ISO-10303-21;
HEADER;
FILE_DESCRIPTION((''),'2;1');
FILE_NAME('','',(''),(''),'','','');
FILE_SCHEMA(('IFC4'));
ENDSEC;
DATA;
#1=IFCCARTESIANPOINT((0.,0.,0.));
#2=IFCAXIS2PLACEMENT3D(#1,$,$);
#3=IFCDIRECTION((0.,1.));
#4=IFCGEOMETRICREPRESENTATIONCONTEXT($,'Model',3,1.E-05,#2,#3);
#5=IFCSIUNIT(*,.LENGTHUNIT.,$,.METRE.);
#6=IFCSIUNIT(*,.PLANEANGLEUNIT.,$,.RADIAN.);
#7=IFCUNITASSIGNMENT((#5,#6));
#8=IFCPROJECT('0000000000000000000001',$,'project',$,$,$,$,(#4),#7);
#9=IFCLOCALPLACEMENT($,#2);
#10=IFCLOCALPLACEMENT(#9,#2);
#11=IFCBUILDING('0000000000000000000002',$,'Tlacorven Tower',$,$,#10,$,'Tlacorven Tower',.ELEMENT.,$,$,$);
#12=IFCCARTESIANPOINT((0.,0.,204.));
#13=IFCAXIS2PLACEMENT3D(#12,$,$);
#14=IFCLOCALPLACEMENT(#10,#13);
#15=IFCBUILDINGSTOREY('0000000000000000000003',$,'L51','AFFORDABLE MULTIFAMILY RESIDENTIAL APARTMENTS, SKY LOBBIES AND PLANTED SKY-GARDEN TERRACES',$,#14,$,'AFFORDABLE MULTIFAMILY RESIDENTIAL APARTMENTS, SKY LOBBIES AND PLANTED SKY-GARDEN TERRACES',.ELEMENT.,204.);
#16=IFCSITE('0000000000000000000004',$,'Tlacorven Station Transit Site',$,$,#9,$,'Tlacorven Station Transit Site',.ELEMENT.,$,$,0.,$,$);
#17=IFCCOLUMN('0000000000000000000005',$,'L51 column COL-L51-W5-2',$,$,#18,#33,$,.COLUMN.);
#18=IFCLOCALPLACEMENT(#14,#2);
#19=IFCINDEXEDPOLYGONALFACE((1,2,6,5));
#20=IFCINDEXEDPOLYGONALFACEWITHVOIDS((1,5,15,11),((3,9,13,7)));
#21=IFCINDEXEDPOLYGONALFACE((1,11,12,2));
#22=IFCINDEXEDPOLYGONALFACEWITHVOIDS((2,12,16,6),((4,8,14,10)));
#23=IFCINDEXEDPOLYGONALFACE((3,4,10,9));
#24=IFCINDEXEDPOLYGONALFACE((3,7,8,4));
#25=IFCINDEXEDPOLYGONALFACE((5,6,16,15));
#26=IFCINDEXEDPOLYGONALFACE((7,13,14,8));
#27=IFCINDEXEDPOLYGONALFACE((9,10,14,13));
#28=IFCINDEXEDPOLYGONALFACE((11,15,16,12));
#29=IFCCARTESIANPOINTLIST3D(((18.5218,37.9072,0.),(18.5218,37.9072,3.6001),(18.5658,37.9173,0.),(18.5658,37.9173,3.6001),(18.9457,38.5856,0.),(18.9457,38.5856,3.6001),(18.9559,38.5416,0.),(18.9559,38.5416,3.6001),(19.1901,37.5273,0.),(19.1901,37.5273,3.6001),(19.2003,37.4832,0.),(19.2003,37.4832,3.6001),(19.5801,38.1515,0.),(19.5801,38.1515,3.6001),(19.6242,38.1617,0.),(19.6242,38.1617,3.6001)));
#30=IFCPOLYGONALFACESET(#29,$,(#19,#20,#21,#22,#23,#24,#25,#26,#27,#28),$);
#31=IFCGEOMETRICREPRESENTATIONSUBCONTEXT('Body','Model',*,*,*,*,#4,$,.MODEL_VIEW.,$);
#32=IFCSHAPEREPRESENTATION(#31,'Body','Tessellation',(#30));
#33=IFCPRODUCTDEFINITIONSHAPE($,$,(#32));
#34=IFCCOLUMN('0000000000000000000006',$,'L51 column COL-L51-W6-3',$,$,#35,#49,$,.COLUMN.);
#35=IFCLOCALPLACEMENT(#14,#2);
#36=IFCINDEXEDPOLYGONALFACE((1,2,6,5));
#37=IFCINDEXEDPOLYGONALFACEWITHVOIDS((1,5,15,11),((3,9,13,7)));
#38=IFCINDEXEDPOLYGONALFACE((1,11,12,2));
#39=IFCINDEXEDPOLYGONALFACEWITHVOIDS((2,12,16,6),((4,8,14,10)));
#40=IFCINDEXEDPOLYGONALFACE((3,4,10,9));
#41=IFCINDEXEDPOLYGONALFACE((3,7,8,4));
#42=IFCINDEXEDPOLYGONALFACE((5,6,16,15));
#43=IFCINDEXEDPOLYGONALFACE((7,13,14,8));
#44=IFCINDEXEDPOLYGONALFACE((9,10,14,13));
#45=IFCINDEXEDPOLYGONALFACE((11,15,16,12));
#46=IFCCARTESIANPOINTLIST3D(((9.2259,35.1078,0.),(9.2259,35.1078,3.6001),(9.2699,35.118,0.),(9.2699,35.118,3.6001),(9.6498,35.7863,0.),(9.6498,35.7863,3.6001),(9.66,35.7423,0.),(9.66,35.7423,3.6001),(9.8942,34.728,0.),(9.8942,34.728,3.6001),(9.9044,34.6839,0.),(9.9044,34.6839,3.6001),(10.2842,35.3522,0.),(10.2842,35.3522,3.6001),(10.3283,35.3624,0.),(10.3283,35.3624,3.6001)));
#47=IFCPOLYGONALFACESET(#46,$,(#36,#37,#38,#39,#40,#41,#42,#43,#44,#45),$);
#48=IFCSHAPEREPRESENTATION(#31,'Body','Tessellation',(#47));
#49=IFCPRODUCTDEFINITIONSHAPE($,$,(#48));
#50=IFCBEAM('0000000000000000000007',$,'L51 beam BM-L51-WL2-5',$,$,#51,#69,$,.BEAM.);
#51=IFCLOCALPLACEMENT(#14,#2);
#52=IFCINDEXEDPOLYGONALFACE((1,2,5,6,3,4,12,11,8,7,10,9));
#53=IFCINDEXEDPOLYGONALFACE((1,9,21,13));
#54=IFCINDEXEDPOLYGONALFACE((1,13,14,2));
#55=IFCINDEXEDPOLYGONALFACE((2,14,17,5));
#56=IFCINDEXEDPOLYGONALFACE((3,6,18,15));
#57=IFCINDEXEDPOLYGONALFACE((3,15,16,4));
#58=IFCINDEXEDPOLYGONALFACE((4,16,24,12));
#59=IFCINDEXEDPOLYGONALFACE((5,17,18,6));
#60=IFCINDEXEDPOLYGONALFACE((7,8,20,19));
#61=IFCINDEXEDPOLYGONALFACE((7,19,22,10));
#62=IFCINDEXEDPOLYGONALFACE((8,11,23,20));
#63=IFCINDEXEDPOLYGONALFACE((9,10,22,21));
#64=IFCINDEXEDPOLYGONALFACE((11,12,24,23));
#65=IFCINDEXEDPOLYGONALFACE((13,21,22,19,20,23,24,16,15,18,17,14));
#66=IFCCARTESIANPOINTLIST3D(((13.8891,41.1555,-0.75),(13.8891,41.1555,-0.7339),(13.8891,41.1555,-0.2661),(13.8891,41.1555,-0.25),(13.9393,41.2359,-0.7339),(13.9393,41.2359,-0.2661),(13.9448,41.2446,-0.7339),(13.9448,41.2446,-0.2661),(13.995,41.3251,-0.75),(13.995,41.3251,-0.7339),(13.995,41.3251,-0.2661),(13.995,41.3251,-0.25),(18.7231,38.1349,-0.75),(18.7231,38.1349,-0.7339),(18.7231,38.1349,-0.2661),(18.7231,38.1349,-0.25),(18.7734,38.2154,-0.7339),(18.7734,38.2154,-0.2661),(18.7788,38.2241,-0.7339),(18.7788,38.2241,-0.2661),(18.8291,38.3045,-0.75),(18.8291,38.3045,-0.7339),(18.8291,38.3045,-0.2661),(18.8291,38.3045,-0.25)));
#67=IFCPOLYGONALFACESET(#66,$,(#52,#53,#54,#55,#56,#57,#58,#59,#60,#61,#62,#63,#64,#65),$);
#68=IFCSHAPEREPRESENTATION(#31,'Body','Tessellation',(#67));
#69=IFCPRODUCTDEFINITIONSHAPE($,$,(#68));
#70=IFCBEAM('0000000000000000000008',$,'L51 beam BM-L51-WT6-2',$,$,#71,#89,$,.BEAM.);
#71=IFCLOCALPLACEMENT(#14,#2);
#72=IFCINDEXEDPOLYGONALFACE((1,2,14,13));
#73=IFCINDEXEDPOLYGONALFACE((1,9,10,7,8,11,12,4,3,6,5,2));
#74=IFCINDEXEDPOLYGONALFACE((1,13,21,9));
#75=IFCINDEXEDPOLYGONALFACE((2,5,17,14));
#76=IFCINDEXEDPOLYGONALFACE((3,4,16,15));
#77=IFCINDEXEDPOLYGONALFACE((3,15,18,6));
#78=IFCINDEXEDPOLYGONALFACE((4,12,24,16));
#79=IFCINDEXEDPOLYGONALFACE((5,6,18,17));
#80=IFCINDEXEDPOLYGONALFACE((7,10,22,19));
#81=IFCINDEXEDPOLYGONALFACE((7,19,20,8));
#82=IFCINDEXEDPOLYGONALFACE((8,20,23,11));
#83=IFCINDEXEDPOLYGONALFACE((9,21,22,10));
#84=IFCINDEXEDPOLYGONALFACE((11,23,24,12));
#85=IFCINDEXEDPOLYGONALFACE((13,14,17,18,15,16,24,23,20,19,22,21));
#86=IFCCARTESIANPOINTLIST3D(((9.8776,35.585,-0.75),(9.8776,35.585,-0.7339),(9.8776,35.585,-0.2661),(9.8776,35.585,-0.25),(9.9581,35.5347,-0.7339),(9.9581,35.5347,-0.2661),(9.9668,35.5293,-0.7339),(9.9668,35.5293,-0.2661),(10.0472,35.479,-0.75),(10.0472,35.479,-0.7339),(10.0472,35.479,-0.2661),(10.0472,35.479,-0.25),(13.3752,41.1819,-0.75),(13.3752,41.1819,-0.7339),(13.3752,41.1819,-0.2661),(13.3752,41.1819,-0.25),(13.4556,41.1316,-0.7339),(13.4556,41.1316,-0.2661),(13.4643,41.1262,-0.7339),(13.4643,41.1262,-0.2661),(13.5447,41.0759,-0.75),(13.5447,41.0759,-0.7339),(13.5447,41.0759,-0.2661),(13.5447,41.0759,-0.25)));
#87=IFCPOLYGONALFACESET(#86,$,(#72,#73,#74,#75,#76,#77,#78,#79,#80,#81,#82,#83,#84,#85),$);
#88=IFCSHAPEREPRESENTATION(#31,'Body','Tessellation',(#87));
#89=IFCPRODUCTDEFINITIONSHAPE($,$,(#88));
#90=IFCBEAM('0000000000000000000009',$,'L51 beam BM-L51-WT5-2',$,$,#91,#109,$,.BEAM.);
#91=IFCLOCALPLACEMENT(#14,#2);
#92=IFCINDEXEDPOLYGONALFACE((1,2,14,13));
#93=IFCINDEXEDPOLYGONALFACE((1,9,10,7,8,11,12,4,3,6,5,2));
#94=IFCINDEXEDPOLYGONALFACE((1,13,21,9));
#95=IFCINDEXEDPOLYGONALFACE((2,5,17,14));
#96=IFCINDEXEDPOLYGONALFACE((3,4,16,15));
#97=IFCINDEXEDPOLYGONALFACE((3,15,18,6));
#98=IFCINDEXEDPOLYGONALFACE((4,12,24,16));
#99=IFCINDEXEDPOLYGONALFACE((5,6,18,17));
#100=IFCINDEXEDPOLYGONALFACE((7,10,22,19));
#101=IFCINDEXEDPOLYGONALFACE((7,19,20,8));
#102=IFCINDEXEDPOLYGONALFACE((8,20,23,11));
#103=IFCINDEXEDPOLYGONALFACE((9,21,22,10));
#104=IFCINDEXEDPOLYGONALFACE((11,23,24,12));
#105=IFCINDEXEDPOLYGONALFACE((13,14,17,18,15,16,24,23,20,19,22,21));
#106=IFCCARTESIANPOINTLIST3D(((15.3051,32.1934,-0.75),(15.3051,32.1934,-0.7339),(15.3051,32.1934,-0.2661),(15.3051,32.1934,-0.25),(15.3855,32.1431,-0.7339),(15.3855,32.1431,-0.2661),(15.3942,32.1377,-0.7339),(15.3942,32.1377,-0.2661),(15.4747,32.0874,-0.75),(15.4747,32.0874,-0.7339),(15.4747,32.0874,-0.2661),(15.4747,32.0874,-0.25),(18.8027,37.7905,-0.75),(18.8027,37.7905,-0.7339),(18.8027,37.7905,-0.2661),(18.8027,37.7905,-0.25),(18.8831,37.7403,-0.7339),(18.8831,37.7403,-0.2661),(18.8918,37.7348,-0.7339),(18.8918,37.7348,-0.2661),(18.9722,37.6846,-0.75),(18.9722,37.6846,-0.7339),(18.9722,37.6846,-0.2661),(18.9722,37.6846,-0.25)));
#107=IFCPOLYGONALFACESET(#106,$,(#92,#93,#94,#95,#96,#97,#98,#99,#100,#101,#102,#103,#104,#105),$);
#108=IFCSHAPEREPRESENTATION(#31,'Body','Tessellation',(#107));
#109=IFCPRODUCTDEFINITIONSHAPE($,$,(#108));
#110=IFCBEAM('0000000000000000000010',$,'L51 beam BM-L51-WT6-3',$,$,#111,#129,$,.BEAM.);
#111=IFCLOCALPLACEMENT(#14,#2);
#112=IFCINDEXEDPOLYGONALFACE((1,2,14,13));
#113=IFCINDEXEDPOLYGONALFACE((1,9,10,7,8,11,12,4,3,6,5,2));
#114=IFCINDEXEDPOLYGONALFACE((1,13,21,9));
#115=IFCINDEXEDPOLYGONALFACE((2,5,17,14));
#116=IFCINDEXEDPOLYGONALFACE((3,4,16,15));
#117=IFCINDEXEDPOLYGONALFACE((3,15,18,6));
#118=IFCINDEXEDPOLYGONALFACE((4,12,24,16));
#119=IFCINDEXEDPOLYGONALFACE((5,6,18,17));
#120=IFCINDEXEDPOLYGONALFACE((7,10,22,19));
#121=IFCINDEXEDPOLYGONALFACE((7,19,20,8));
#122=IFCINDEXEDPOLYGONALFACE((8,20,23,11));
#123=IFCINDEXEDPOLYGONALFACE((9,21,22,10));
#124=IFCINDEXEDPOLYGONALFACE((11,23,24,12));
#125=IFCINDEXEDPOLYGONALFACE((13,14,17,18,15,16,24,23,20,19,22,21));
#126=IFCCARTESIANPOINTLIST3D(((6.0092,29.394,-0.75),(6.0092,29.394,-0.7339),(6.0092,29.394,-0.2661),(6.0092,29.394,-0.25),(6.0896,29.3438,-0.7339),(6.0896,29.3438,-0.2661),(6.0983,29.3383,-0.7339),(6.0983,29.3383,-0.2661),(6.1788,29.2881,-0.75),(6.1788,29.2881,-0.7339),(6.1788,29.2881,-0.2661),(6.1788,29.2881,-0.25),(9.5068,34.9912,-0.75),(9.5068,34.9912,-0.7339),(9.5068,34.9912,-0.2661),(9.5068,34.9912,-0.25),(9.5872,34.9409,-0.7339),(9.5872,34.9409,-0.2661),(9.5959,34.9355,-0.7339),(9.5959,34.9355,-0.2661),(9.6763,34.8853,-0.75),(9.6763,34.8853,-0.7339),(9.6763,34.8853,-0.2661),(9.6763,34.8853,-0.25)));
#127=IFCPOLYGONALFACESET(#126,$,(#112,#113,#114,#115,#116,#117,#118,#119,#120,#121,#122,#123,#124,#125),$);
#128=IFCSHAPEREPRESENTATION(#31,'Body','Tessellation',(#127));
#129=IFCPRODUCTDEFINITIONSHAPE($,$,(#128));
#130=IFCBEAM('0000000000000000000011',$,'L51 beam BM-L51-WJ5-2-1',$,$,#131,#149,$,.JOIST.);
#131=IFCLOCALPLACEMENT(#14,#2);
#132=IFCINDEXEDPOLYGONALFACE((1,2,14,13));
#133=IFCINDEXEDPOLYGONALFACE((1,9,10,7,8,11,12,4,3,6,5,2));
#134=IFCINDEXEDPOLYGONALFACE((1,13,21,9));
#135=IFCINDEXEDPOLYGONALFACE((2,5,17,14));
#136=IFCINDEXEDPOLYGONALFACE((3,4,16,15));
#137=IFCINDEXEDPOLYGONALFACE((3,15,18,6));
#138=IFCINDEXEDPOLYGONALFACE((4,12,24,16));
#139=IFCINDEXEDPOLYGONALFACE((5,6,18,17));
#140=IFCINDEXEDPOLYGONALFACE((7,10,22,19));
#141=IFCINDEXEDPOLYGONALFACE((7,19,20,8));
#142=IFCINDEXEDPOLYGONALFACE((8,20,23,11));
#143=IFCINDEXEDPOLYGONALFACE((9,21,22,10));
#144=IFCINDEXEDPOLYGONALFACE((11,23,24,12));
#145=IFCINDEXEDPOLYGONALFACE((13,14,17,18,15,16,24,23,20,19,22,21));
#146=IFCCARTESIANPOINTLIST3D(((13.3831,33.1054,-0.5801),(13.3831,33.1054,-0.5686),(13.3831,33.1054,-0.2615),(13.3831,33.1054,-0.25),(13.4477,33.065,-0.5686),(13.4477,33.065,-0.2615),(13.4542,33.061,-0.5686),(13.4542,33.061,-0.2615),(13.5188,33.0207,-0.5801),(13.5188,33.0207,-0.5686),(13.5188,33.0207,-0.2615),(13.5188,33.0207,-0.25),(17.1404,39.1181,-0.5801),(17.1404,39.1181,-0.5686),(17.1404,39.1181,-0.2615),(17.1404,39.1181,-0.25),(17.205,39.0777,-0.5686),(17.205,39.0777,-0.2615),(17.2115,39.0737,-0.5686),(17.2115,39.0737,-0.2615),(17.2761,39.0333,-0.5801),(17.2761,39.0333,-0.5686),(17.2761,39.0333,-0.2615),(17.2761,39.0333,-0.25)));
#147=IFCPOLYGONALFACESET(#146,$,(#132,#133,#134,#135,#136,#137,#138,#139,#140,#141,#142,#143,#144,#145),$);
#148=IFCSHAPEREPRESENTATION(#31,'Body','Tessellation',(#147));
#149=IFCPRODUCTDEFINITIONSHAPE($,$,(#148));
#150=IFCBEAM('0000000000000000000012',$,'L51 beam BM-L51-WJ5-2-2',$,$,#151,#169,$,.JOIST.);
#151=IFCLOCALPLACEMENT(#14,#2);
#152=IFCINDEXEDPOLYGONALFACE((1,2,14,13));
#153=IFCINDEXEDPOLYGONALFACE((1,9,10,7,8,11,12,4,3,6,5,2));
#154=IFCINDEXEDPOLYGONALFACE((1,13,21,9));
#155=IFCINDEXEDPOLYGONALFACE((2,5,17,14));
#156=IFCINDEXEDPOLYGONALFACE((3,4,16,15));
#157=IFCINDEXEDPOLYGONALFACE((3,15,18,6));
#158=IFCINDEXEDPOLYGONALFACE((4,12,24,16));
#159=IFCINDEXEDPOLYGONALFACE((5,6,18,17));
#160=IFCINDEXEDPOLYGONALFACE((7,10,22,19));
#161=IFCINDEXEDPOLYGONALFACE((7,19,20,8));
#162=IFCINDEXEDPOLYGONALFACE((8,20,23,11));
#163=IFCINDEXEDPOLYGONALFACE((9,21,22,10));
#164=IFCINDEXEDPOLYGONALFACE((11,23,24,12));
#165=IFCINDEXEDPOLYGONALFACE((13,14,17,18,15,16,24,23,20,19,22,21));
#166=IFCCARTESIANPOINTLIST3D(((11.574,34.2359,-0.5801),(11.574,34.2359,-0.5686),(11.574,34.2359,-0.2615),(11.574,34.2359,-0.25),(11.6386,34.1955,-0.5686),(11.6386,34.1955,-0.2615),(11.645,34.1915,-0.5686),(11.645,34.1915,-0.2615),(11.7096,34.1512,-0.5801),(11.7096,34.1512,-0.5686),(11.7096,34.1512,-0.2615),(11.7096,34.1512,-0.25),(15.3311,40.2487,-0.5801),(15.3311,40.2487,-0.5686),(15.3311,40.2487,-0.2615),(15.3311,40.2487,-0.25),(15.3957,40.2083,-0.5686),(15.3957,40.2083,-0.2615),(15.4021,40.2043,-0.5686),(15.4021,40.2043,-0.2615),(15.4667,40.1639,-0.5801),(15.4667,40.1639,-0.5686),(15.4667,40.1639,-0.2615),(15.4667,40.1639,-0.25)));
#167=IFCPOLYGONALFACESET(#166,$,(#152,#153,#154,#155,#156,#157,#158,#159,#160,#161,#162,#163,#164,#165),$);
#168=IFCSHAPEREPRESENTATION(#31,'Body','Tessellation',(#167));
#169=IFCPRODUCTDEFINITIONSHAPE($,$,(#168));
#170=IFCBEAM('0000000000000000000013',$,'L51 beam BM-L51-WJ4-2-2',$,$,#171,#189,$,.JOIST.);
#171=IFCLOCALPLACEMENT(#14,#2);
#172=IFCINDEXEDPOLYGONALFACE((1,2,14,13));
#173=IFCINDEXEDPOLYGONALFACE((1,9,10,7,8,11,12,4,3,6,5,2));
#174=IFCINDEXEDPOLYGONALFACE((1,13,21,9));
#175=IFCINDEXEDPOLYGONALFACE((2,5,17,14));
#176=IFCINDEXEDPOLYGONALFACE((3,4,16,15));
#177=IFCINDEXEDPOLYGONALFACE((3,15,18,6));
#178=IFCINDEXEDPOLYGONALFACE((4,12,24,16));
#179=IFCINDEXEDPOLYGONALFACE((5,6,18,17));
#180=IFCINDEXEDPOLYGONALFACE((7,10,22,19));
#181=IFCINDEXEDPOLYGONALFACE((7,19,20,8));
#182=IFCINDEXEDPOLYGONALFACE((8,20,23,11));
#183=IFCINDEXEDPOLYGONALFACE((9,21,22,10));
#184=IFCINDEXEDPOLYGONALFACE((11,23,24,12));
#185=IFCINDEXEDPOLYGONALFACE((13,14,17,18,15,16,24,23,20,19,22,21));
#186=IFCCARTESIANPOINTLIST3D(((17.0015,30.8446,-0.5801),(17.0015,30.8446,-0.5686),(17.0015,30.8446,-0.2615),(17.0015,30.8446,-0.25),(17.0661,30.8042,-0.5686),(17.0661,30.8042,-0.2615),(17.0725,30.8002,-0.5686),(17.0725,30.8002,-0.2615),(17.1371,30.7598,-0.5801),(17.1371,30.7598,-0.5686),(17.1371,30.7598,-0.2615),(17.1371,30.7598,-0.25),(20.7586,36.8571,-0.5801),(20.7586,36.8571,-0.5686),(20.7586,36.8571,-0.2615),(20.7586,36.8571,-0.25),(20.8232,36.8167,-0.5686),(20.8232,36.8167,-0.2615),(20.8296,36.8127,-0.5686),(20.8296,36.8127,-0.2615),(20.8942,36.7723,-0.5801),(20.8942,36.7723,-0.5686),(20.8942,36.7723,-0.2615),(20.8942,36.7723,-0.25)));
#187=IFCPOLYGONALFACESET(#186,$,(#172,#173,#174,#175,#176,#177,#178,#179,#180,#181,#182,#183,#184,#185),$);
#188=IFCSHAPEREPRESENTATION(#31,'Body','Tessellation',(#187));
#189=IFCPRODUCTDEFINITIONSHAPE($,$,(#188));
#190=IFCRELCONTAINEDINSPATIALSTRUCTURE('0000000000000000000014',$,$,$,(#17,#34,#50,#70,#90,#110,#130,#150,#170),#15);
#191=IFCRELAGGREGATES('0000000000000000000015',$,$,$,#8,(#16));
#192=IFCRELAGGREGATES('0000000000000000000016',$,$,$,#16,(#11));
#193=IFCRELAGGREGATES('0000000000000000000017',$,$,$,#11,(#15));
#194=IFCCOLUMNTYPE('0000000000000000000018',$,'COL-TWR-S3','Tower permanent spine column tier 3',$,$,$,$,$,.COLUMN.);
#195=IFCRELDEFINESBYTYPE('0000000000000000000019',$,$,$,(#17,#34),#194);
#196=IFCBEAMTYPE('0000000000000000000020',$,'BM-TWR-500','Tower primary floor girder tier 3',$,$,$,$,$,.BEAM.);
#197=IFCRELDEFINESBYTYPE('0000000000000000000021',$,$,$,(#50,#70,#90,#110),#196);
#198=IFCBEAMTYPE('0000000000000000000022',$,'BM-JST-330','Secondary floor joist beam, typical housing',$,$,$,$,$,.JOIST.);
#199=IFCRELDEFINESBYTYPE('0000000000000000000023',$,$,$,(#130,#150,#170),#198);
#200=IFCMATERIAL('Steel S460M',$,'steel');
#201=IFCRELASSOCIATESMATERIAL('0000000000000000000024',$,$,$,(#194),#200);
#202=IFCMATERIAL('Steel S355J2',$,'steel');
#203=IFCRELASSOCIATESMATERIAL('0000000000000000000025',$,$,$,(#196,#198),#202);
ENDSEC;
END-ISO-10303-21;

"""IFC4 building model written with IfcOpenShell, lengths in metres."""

from ifc_helpers import new_model, si_unit, direction, frame, origin, origin_2d, place, context, subcontext, project, spatial, hollow_rectangle, i_section, extrude, source, transform, mapped, material, material_profile, profile_set, type_object, element, save


model = new_model("IFC4")

# Units and contexts
model_context = context("Model", 3, precision=1e-05, world=origin(), true_north=direction((0.0, 1.0)))
body_context = subcontext(model_context, "Body", "Model", "MODEL_VIEW")
ifc_project = project(units=[si_unit("LENGTHUNIT", "METRE"), si_unit("PLANEANGLEUNIT", "RADIAN")], contexts=[model_context])

# Site, building, storey
site_placement = place(None, origin())
site = spatial("IfcSite", under=ifc_project, at=site_placement, Name="Tlacorven Station Transit Site", LongName="Tlacorven Station Transit Site", CompositionType="ELEMENT", RefElevation=0.0)
building_placement = place(site_placement, origin())
building = spatial("IfcBuilding", under=site, at=building_placement, Name="Tlacorven Tower", LongName="Tlacorven Tower", CompositionType="ELEMENT")
storey_placement = place(building_placement, frame((0.0, 0.0, 204.0)))
storey = spatial("IfcBuildingStorey", under=building, at=storey_placement, Name="L51", Description="AFFORDABLE MULTIFAMILY RESIDENTIAL APARTMENTS, SKY LOBBIES AND PLANTED SKY-GARDEN TERRACES", LongName="AFFORDABLE MULTIFAMILY RESIDENTIAL APARTMENTS, SKY LOBBIES AND PLANTED SKY-GARDEN TERRACES", CompositionType="ELEMENT", Elevation=204.0)

# Columns
ifc_material_1 = material(Name="Steel S460M", Category="steel")
ifc_material_profile_1 = material_profile(ifc_material_1, hollow_rectangle(XDim=0.8, YDim=0.8, WallThickness=0.032, at=origin_2d()), Name="BOX 800X800X32")
ifc_profile_set_1 = profile_set([ifc_material_profile_1], Name="Steel S460M")
column_type = type_object("IfcColumnType", Name="COL-TWR-S3", Description="Tower permanent spine column tier 3", PredefinedType="COLUMN", material=ifc_profile_set_1)
shared_shape_1 = source(origin(), body_context, "Body", "SweptSolid", [
    extrude(hollow_rectangle(XDim=0.8, YDim=0.8, WallThickness=0.032, at=origin_2d()), origin(), (0.0, 0.0, 1.0), 3.6001),
])
for number, where, z_axis, x_axis, name in (
    (1, (19.073, 38.0344, 0.0), (0.0, 0.0, 1.0), (-0.848048, 0.529919, 0.0), "L51 column COL-L51-W5-2"),
    (2, (9.7771, 35.2351, 0.0), (0.0, 0.0, 1.0), (-0.848048, 0.529919, 0.0), "L51 column COL-L51-W6-3"),
):
    element("IfcColumn", number, at=place(storey_placement, frame(where, z_axis=z_axis, x_axis=x_axis)), inside=storey, type_object=column_type, Name=name, PredefinedType="COLUMN", context=body_context, shape_type="MappedRepresentation", body=[
        mapped(shared_shape_1, transform((0.0, 0.0, 0.0), scale=1.0)),
    ])

# Beams
ifc_material_2 = material(Name="Steel S355J2", Category="steel")
ifc_material_profile_2 = material_profile(ifc_material_2, i_section(OverallWidth=0.2, OverallDepth=0.5, WebThickness=0.0103, FlangeThickness=0.0161, at=origin_2d()), Name="IPE 500")
ifc_profile_set_2 = profile_set([ifc_material_profile_2], Name="Steel S355J2")
beam_type_1 = type_object("IfcBeamType", Name="BM-TWR-500", Description="Tower primary floor girder tier 3", PredefinedType="BEAM", material=ifc_profile_set_2)
shared_shape_2 = source(origin(), body_context, "Body", "SweptSolid", [
    extrude(i_section(OverallWidth=0.2, OverallDepth=0.5, WebThickness=0.0103, FlangeThickness=0.0161, at=origin_2d()), origin(), (0.0, 0.0, 1.0), 5.7002),
])
beam_1_placement = place(storey_placement, frame((18.7761, 38.2197, -0.5), z_axis=(-0.848056, 0.529907, 0.0), x_axis=(-0.529907, -0.848056, 0.0)))
element("IfcBeam", 3, at=beam_1_placement, inside=storey, type_object=beam_type_1, Name="L51 beam BM-L51-WL2-5", PredefinedType="BEAM", context=body_context, shape_type="MappedRepresentation", body=[
    mapped(shared_shape_2, transform((0.0, 0.0, 0.0), scale=1.0)),
])
shared_shape_3 = source(origin(), body_context, "Body", "SweptSolid", [
    extrude(i_section(OverallWidth=0.2, OverallDepth=0.5, WebThickness=0.0103, FlangeThickness=0.0161, at=origin_2d()), origin(), (0.0, 0.0, 1.0), 6.5999),
])
beam_2_placement = place(storey_placement, frame((13.46, 41.1289, -0.5), z_axis=(-0.529942, -0.848034, 0.0), x_axis=(0.848034, -0.529942, 0.0)))
element("IfcBeam", 4, at=beam_2_placement, inside=storey, type_object=beam_type_1, Name="L51 beam BM-L51-WT6-2", PredefinedType="BEAM", context=body_context, shape_type="MappedRepresentation", body=[
    mapped(shared_shape_3, transform((0.0, 0.0, 0.0), scale=1.0)),
])
shared_shape_4 = source(origin(), body_context, "Body", "SweptSolid", [
    extrude(i_section(OverallWidth=0.2, OverallDepth=0.5, WebThickness=0.0103, FlangeThickness=0.0161, at=origin_2d()), origin(), (0.0, 0.0, 1.0), 6.6001),
])
for number, where, z_axis, x_axis, name in (
    (5, (18.8875, 37.7375, -0.5), (-0.529926, -0.848044, 0.0), (0.848044, -0.529926, 0.0), "L51 beam BM-L51-WT5-2"),
    (6, (9.5916, 34.9382, -0.5), (-0.529926, -0.848044, 0.0), (0.848044, -0.529926, 0.0), "L51 beam BM-L51-WT6-3"),
):
    element("IfcBeam", number, at=place(storey_placement, frame(where, z_axis=z_axis, x_axis=x_axis)), inside=storey, type_object=beam_type_1, Name=name, PredefinedType="BEAM", context=body_context, shape_type="MappedRepresentation", body=[
        mapped(shared_shape_4, transform((0.0, 0.0, 0.0), scale=1.0)),
    ])
ifc_material_profile_3 = material_profile(ifc_material_2, i_section(OverallWidth=0.1599, OverallDepth=0.3301, WebThickness=0.0076, FlangeThickness=0.0115, at=origin_2d()), Name="IPE 330")
ifc_profile_set_3 = profile_set([ifc_material_profile_3], Name="Steel S355J2")
beam_type_2 = type_object("IfcBeamType", Name="BM-JST-330", Description="Secondary floor joist beam, typical housing", PredefinedType="JOIST", material=ifc_profile_set_3)
shared_shape_5 = source(origin(), body_context, "Body", "SweptSolid", [
    extrude(i_section(OverallWidth=0.1599, OverallDepth=0.3301, WebThickness=0.0076, FlangeThickness=0.0115, at=origin_2d()), origin(), (0.0, 0.0, 1.0), 7.0901),
])
for number, where, z_axis, x_axis, name in (
    (7, (17.2083, 39.0757, -0.415), (-0.529937, -0.848037, 0.0), (0.848037, -0.529937, 0.0), "L51 beam BM-L51-WJ5-2-1"),
    (8, (15.3989, 40.2063, -0.415), (-0.529912, -0.848052, 0.0), (0.848052, -0.529912, 0.0), "L51 beam BM-L51-WJ5-2-2"),
):
    element("IfcBeam", number, at=place(storey_placement, frame(where, z_axis=z_axis, x_axis=x_axis)), inside=storey, type_object=beam_type_2, Name=name, PredefinedType="JOIST", context=body_context, shape_type="MappedRepresentation", body=[
        mapped(shared_shape_5, transform((0.0, 0.0, 0.0), scale=1.0)),
    ])
shared_shape_6 = source(origin(), body_context, "Body", "SweptSolid", [
    extrude(i_section(OverallWidth=0.1599, OverallDepth=0.3301, WebThickness=0.0076, FlangeThickness=0.0115, at=origin_2d()), origin(), (0.0, 0.0, 1.0), 7.0898),
])
beam_3_placement = place(storey_placement, frame((20.8264, 36.8147, -0.415), z_axis=(-0.529928, -0.848043, 0.0), x_axis=(0.848043, -0.529928, 0.0)))
element("IfcBeam", 9, at=beam_3_placement, inside=storey, type_object=beam_type_2, Name="L51 beam BM-L51-WJ4-2-2", PredefinedType="JOIST", context=body_context, shape_type="MappedRepresentation", body=[
    mapped(shared_shape_6, transform((0.0, 0.0, 0.0), scale=1.0)),
])

save(model, "model.ifc")
